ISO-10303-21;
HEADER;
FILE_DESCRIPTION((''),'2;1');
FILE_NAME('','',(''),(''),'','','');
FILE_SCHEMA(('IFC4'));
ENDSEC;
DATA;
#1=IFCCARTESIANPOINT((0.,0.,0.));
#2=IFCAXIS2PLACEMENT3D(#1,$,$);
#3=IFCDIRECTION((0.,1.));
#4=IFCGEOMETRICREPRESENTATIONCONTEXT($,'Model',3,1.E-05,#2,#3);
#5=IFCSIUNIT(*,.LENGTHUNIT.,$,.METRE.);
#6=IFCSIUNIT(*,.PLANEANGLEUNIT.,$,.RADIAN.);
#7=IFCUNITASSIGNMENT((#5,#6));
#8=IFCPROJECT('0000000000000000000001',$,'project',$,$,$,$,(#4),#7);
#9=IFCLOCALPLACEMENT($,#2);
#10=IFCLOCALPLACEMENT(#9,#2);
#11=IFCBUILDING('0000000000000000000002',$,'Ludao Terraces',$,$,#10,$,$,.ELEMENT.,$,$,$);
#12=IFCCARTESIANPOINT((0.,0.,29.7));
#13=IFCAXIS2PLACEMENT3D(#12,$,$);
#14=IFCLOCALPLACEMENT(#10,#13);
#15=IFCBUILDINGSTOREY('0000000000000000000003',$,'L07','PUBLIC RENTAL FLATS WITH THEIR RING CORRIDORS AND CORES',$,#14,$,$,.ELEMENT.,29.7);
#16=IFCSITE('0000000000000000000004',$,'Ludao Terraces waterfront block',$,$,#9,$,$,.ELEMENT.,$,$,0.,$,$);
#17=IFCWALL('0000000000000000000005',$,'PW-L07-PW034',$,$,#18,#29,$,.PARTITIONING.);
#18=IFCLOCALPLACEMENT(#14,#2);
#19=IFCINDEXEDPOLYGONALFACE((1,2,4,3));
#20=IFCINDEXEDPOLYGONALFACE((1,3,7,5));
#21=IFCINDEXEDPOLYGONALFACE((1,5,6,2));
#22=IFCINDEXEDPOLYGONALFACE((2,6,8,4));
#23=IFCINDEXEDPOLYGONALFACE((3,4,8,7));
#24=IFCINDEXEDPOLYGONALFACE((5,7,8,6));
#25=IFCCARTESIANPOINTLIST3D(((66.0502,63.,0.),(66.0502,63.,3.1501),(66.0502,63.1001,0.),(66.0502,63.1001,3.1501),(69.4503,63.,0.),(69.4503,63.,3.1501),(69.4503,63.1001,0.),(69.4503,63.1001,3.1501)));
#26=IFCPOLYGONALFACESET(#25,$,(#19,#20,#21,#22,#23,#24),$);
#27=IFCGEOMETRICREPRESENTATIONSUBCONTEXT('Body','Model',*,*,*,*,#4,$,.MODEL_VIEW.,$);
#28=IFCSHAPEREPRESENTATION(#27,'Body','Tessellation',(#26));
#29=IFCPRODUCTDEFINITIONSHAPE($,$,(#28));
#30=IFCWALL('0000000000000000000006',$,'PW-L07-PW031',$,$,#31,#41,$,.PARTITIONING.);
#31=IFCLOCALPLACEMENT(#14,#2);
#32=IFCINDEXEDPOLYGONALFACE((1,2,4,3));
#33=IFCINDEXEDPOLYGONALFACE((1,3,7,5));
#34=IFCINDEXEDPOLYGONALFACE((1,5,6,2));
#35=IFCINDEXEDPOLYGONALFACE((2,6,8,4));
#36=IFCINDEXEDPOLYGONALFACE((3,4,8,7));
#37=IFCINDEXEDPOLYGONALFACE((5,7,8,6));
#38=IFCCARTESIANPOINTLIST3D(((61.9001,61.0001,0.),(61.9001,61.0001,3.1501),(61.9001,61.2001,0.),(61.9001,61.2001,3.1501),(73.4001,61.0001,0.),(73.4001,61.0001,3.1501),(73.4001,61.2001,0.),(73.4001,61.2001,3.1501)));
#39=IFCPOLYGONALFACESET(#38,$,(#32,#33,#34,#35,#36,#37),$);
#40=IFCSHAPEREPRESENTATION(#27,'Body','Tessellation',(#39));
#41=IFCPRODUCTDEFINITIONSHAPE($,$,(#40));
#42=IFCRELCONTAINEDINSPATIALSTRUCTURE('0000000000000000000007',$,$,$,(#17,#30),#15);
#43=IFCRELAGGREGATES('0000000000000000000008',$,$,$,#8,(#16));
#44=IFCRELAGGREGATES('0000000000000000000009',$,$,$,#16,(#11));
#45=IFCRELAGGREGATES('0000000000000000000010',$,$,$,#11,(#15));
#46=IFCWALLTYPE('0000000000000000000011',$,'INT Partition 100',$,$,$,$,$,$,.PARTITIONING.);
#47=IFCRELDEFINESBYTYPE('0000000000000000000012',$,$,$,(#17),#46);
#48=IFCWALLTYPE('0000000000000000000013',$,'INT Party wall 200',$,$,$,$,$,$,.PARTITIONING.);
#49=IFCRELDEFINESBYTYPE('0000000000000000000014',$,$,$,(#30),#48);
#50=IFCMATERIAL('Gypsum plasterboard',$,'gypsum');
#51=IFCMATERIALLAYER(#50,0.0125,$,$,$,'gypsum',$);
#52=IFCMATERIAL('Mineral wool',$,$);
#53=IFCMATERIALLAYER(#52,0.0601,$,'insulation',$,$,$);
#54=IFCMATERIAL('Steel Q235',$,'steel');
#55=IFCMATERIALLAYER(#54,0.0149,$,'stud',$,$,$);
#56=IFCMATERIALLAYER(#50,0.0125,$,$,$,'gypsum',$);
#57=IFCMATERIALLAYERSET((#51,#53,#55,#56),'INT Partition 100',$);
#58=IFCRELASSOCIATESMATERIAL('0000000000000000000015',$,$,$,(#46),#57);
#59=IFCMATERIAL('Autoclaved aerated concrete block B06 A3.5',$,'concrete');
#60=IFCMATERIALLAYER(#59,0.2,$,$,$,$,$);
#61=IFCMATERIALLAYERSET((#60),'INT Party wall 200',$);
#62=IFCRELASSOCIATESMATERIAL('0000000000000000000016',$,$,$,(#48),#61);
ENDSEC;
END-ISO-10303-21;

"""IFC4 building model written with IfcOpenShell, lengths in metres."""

from ifc_helpers import new_model, si_unit, direction, frame, frame_2d, origin, place, context, subcontext, project, spatial, rectangle, extrude, material, layer, layer_set, type_object, element, save


model = new_model("IFC4")

# Units and contexts
model_context = context("Model", 3, precision=1e-05, world=origin(), true_north=direction((0.0, 1.0)))
body_context = subcontext(model_context, "Body", "Model", "MODEL_VIEW")
ifc_project = project(units=[si_unit("LENGTHUNIT", "METRE"), si_unit("PLANEANGLEUNIT", "RADIAN")], contexts=[model_context])

# Site, building, storey
site_placement = place(None, origin())
site = spatial("IfcSite", under=ifc_project, at=site_placement, Name="Ludao Terraces waterfront block", CompositionType="ELEMENT", RefElevation=0.0)
building_placement = place(site_placement, origin())
building = spatial("IfcBuilding", under=site, at=building_placement, Name="Ludao Terraces", CompositionType="ELEMENT")
storey_placement = place(building_placement, frame((0.0, 0.0, 29.7)))
storey = spatial("IfcBuildingStorey", under=building, at=storey_placement, Name="L07", Description="PUBLIC RENTAL FLATS WITH THEIR RING CORRIDORS AND CORES", CompositionType="ELEMENT", Elevation=29.7)

# Shared definitions
ifc_material_1 = material(Name="Mineral wool")

# Walls
ifc_material_2 = material(Name="Gypsum plasterboard", Category="gypsum")
ifc_layer_1 = layer(ifc_material_2, 0.0125, Category="gypsum")
ifc_layer_2 = layer(ifc_material_1, 0.0601, Name="insulation")
ifc_material_3 = material(Name="Steel Q235", Category="steel")
ifc_layer_3 = layer(ifc_material_3, 0.0149, Name="stud")
ifc_layer_4 = layer(ifc_material_2, 0.0125, Category="gypsum")
ifc_layer_set_1 = layer_set([ifc_layer_1, ifc_layer_2, ifc_layer_3, ifc_layer_4], Name="INT Partition 100")
wall_type_1 = type_object("IfcWallType", Name="INT Partition 100", PredefinedType="PARTITIONING", material=ifc_layer_set_1)
for number, where, z_axis, x_axis, name in (
    (1, (66.05, 63.05, 0.0), (0.0, 0.0, 1.0), (1.0, 0.0, 0.0), "PW-L07-PW034"),
):
    element("IfcWall", number, at=place(storey_placement, frame(where, z_axis=z_axis, x_axis=x_axis)), inside=storey, type_object=wall_type_1, Name=name, PredefinedType="PARTITIONING", context=body_context, shape_type="SweptSolid", body=[
        extrude(rectangle(XDim=3.4001, YDim=0.1001, at=frame_2d((1.7002, 0.0))), origin(), (0.0, 0.0, 1.0), 3.1501),
    ])
ifc_material_4 = material(Name="Autoclaved aerated concrete block B06 A3.5", Category="concrete")
ifc_layer_5 = layer(ifc_material_4, 0.2)
ifc_layer_set_2 = layer_set([ifc_layer_5], Name="INT Party wall 200")
wall_type_2 = type_object("IfcWallType", Name="INT Party wall 200", PredefinedType="PARTITIONING", material=ifc_layer_set_2)
wall_1_placement = place(storey_placement, frame((61.9001, 61.1001, 0.0), z_axis=(0.0, 0.0, 1.0), x_axis=(1.0, 0.0, 0.0)))
element("IfcWall", 2, at=wall_1_placement, inside=storey, type_object=wall_type_2, Name="PW-L07-PW031", PredefinedType="PARTITIONING", context=body_context, shape_type="SweptSolid", body=[
    extrude(rectangle(XDim=11.5, YDim=0.2, at=frame_2d((5.75, 0.0))), origin(), (0.0, 0.0, 1.0), 3.1501),
])

save(model, "model.ifc")
